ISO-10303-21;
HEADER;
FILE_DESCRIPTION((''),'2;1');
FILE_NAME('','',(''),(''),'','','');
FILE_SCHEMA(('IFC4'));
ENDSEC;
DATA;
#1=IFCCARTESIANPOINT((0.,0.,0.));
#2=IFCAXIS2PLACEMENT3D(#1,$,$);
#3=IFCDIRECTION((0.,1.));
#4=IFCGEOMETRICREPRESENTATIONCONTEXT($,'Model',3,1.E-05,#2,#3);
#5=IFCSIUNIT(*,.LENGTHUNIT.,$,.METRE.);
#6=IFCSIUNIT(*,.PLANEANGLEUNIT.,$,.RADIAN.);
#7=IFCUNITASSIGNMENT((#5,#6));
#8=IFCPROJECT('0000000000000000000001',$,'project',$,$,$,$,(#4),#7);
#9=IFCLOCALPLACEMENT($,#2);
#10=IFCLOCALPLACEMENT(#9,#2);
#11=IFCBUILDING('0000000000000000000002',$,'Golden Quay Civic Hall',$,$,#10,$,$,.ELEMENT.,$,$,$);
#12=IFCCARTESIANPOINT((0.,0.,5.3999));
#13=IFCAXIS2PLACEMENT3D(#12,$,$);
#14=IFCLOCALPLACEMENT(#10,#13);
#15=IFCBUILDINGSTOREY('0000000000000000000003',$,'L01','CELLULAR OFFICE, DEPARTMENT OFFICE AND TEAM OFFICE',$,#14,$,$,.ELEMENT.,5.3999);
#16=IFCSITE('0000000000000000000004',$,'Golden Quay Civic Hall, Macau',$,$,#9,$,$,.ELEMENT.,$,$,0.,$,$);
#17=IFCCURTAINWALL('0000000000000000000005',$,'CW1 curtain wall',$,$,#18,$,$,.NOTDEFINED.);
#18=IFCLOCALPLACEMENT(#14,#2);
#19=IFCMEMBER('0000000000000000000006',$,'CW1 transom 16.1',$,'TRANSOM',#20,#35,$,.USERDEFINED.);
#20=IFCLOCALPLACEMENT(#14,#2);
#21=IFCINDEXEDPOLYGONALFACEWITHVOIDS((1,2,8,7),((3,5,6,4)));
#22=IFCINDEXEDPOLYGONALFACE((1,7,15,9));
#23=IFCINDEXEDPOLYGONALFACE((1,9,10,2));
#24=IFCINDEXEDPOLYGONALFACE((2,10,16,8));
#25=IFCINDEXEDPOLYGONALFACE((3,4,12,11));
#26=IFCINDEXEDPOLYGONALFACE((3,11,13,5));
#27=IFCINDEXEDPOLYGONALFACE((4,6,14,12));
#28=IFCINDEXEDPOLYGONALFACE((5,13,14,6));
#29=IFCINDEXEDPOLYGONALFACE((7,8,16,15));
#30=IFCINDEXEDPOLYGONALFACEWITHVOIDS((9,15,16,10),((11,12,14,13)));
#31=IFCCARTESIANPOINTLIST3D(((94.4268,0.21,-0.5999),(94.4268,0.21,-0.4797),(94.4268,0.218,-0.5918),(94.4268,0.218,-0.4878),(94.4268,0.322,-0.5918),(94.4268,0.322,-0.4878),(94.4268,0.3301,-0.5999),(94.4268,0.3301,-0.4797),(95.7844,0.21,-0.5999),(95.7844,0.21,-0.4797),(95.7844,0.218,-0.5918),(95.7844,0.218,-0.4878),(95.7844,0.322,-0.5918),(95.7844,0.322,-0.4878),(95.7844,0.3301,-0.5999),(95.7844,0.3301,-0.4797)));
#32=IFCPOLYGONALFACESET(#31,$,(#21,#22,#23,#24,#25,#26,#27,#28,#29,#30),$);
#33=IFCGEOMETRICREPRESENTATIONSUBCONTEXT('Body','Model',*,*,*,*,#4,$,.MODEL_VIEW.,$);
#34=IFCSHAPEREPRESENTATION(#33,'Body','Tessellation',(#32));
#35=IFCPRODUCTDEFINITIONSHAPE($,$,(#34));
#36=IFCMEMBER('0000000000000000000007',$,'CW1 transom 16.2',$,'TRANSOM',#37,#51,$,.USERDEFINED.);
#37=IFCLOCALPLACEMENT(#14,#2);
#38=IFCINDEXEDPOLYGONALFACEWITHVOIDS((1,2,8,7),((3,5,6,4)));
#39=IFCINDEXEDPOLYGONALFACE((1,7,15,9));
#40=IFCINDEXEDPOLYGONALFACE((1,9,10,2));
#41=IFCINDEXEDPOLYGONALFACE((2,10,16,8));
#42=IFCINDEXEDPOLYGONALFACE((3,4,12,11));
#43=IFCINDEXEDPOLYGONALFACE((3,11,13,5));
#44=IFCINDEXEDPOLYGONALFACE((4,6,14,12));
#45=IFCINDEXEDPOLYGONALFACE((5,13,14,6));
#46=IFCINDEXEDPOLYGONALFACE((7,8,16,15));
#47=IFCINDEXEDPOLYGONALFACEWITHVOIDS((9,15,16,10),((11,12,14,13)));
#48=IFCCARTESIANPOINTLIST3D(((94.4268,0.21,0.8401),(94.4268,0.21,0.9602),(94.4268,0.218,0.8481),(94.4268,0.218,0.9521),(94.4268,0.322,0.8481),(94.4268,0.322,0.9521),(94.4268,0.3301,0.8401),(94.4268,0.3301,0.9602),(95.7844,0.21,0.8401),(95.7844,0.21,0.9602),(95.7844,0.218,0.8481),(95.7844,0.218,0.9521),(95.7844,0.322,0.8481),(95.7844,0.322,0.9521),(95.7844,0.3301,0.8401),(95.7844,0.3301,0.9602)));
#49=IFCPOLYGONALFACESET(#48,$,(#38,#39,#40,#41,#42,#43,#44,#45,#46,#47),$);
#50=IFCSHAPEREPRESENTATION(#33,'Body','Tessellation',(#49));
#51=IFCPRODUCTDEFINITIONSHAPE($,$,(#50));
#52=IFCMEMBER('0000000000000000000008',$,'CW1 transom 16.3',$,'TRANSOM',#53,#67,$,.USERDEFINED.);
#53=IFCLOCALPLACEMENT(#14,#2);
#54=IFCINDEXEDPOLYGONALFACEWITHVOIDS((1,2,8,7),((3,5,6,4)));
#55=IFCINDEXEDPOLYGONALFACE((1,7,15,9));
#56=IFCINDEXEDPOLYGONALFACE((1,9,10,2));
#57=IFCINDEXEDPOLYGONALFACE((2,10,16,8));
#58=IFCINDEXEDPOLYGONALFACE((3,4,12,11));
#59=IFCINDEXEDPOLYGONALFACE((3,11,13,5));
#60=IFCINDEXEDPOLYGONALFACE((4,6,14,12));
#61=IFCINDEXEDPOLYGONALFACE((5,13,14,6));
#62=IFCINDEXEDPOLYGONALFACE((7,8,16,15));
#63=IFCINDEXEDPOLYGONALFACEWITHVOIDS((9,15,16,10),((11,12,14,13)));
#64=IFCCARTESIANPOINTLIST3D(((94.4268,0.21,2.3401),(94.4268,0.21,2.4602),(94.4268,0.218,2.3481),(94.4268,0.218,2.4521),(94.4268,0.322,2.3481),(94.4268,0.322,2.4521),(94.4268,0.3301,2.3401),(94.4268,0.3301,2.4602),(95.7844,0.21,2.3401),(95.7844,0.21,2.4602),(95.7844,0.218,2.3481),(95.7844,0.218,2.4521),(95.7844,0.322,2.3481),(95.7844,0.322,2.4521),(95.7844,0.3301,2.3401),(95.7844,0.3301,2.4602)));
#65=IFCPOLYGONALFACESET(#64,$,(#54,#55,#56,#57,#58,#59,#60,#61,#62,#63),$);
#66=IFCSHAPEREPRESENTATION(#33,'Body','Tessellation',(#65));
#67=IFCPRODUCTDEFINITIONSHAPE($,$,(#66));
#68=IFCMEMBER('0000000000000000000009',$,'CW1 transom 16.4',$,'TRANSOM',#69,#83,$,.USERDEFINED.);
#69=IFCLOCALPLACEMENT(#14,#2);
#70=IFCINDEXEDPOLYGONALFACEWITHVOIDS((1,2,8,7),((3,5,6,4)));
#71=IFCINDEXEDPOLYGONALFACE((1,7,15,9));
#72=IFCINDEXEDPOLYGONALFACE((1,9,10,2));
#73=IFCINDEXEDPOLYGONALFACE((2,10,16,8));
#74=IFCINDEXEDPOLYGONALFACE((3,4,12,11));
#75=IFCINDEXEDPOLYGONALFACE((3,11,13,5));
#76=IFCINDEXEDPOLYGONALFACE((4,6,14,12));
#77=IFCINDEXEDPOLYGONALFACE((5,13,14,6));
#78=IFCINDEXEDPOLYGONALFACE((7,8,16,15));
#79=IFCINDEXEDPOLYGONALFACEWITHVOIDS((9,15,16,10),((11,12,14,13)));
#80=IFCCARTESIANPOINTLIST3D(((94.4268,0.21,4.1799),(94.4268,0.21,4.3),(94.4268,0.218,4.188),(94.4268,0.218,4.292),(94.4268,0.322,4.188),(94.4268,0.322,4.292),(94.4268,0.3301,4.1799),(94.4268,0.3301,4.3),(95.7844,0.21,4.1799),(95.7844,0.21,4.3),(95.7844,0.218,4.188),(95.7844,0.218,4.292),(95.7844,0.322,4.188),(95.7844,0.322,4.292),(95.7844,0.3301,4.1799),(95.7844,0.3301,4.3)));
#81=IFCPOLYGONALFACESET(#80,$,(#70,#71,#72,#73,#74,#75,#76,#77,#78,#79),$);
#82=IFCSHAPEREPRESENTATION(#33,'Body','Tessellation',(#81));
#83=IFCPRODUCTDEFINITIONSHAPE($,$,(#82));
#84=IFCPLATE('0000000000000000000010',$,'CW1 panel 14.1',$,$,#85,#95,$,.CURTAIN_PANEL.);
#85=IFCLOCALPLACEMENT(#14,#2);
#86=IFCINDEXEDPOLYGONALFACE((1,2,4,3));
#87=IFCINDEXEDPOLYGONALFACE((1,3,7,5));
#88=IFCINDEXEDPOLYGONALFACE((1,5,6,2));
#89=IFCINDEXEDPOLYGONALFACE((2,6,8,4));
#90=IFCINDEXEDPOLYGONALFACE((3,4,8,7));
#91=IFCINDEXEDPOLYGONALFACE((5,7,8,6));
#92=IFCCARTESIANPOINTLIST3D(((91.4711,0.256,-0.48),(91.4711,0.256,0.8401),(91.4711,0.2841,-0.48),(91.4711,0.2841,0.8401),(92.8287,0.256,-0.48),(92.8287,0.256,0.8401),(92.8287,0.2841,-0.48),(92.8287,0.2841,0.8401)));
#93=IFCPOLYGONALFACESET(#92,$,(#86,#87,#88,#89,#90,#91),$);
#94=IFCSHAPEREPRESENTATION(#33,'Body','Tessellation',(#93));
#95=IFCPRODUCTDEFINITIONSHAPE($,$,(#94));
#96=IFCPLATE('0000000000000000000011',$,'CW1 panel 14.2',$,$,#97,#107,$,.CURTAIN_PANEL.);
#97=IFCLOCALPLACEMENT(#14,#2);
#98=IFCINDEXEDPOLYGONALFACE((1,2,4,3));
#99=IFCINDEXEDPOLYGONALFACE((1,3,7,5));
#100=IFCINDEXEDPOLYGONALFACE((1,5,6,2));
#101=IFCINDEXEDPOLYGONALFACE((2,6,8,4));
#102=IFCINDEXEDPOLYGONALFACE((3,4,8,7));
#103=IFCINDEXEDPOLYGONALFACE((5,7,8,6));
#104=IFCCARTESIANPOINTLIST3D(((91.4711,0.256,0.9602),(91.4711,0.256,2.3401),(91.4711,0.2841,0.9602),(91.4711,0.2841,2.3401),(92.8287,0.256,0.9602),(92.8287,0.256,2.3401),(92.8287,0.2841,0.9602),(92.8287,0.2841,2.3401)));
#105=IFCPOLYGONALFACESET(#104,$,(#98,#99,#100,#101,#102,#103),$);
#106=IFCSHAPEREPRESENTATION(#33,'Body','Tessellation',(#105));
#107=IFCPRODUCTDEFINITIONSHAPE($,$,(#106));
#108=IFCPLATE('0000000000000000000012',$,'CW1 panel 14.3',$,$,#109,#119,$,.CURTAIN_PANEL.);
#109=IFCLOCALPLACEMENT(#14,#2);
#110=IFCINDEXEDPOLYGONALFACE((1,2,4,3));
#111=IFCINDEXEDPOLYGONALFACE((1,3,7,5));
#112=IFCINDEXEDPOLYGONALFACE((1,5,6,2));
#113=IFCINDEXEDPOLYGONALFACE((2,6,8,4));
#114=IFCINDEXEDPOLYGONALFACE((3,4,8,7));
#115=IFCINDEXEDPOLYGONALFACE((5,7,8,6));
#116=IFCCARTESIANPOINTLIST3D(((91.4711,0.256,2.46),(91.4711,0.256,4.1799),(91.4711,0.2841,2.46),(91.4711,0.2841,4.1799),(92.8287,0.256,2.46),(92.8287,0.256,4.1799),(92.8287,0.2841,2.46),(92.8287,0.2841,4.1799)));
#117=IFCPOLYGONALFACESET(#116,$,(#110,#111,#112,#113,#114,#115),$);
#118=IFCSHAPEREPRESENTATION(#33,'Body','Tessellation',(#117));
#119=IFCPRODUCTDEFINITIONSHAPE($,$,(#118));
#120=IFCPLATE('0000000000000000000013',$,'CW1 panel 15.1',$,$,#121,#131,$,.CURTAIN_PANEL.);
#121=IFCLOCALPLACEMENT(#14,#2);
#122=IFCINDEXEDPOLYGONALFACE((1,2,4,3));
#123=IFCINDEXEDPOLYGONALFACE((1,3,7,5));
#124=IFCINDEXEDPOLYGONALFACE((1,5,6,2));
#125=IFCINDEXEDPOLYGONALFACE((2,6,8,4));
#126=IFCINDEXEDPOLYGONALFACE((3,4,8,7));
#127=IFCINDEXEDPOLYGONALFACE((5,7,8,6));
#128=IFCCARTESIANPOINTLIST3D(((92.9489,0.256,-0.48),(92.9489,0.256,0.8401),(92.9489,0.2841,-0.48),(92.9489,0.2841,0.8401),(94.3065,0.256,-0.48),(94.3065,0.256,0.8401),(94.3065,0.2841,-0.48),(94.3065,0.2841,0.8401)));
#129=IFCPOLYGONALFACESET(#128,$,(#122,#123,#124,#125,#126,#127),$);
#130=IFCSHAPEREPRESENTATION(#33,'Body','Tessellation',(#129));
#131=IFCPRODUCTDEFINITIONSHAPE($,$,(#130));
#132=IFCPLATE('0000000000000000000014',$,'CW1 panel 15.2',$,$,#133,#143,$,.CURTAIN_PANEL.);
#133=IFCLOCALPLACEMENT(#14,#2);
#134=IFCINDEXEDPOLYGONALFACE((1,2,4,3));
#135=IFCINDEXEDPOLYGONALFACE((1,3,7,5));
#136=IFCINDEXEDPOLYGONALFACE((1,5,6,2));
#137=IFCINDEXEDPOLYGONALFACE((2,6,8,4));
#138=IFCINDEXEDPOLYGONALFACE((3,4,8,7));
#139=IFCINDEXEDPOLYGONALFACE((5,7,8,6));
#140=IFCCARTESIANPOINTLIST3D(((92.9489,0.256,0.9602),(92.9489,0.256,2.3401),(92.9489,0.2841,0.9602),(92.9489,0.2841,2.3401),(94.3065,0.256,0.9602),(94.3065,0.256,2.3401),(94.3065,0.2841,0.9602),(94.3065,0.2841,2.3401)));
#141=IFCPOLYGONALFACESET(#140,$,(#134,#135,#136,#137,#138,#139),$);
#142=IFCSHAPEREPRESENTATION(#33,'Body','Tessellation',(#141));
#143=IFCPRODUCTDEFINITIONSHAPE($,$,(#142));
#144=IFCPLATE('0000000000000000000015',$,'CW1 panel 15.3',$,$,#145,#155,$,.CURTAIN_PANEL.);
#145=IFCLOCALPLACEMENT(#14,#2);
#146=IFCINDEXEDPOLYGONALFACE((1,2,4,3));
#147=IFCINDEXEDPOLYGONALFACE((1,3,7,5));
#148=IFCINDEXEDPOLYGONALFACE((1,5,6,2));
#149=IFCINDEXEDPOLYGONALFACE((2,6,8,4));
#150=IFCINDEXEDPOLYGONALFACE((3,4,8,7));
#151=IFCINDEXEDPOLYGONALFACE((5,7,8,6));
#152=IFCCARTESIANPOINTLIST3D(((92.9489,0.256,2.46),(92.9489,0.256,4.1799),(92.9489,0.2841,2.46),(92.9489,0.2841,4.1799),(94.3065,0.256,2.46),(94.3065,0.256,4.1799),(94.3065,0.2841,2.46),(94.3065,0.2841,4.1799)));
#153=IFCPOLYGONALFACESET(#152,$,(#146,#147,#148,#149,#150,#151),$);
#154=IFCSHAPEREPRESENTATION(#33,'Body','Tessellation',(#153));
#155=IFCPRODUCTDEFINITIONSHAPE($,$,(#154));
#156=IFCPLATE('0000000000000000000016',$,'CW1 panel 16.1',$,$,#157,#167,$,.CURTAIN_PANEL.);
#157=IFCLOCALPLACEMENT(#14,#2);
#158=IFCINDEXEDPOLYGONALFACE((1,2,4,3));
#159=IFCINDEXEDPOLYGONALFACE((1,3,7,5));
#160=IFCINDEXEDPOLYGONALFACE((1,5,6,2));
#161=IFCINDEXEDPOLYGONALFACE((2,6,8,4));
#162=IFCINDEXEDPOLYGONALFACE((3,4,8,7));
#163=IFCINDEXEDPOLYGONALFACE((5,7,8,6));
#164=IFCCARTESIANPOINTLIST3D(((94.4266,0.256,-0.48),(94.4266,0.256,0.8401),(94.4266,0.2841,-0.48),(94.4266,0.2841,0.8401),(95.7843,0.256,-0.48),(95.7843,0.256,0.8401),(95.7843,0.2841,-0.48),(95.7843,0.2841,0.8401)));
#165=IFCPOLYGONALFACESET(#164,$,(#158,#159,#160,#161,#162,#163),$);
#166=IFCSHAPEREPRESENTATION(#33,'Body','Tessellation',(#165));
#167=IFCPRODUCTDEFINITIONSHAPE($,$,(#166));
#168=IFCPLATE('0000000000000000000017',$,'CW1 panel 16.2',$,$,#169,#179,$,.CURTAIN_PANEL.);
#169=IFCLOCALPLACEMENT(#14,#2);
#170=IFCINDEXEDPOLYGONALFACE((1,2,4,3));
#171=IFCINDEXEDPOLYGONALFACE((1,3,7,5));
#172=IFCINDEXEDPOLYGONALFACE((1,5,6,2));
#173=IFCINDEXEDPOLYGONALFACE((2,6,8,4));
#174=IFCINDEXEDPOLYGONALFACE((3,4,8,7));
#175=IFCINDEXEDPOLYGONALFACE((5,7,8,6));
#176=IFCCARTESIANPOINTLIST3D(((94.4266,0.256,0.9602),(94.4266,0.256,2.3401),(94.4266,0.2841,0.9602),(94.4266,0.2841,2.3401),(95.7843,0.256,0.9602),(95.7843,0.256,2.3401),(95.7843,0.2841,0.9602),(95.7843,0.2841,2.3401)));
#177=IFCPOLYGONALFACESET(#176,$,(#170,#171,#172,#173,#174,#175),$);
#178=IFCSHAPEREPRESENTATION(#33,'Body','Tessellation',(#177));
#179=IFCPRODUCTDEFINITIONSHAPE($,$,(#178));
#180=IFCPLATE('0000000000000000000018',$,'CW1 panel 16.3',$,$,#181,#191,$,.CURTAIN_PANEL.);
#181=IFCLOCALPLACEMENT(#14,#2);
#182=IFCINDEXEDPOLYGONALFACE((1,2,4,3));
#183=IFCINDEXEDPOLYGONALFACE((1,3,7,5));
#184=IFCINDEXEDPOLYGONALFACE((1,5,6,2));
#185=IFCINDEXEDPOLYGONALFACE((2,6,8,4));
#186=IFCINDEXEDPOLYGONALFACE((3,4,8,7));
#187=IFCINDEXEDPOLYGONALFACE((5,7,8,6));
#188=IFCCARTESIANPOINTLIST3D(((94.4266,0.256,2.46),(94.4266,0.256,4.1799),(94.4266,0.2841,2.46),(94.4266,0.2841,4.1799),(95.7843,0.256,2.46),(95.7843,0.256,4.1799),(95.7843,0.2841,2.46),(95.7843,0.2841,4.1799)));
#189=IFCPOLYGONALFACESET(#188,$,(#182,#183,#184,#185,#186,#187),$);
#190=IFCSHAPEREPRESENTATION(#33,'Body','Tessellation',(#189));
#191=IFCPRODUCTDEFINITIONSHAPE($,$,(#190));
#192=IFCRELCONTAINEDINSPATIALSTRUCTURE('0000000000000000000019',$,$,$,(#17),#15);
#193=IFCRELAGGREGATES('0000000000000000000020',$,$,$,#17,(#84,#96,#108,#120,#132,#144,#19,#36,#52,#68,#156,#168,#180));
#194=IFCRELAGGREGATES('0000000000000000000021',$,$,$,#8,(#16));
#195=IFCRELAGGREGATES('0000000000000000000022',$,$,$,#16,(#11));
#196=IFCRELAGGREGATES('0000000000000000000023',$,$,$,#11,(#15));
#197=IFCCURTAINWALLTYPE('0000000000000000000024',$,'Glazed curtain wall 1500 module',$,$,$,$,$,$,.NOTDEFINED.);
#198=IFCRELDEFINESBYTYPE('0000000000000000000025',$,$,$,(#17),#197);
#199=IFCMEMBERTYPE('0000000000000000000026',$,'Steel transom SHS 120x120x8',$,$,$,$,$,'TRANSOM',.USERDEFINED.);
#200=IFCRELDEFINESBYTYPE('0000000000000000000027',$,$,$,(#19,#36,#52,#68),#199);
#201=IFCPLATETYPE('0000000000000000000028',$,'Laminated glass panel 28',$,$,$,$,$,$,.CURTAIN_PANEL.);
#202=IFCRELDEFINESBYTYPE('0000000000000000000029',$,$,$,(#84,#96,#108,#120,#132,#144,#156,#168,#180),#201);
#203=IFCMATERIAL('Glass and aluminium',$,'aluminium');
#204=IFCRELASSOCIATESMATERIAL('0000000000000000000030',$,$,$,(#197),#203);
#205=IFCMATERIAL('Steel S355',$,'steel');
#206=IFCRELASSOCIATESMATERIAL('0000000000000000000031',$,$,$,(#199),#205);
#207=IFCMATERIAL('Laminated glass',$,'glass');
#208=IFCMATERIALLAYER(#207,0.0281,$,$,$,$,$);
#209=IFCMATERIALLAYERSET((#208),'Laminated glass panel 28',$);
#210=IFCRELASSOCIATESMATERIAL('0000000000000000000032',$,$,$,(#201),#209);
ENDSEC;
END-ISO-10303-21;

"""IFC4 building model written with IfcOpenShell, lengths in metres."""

from ifc_helpers import new_model, si_unit, direction, frame, origin, origin_2d, place, context, subcontext, project, spatial, rectangle, hollow_rectangle, extrude, material, layer, layer_set, material_profile, profile_set, type_object, element, aggregate, save


model = new_model("IFC4")

# Units and contexts
model_context = context("Model", 3, precision=1e-05, world=origin(), true_north=direction((0.0, 1.0)))
body_context = subcontext(model_context, "Body", "Model", "MODEL_VIEW")
ifc_project = project(units=[si_unit("LENGTHUNIT", "METRE"), si_unit("PLANEANGLEUNIT", "RADIAN")], contexts=[model_context])

# Site, building, storey
site_placement = place(None, origin())
site = spatial("IfcSite", under=ifc_project, at=site_placement, Name="Golden Quay Civic Hall, Macau", CompositionType="ELEMENT", RefElevation=0.0)
building_placement = place(site_placement, origin())
building = spatial("IfcBuilding", under=site, at=building_placement, Name="Golden Quay Civic Hall", CompositionType="ELEMENT")
storey_placement = place(building_placement, frame((0.0, 0.0, 5.3999)))
storey = spatial("IfcBuildingStorey", under=building, at=storey_placement, Name="L01", Description="CELLULAR OFFICE, DEPARTMENT OFFICE AND TEAM OFFICE", CompositionType="ELEMENT", Elevation=5.3999)

# Curtain wall, members, plates
ifc_material_1 = material(Name="Glass and aluminium", Category="aluminium")
curtain_wall_type = type_object("IfcCurtainWallType", Name="Glazed curtain wall 1500 module", PredefinedType="NOTDEFINED", material=ifc_material_1)
curtain_wall_placement = place(storey_placement, origin())
curtain_wall = element("IfcCurtainWall", 1, at=curtain_wall_placement, inside=storey, type_object=curtain_wall_type, Name="CW1 curtain wall", PredefinedType="NOTDEFINED")
ifc_material_2 = material(Name="Steel S355", Category="steel")
ifc_material_profile_1 = material_profile(ifc_material_2, hollow_rectangle(XDim=0.1201, YDim=0.1201, WallThickness=0.0081, at=origin_2d()), Name="SHS 120x120x8")
ifc_profile_set_1 = profile_set([ifc_material_profile_1], Name="Steel S355")
member_type_1 = type_object("IfcMemberType", Name="Steel transom SHS 120x120x8", ElementType="TRANSOM", PredefinedType="USERDEFINED", material=ifc_profile_set_1)
member_1_placement = place(storey_placement, frame((94.4268, 0.27, -0.5398), z_axis=(1.0, 0.0, 0.0), x_axis=(0.0, 1.0, 0.0)))
member_1 = element("IfcMember", 2, at=member_1_placement, type_object=member_type_1, Name="CW1 transom 16.1", ObjectType="TRANSOM", PredefinedType="USERDEFINED", context=body_context, shape_type="SweptSolid", body=[
    extrude(hollow_rectangle(XDim=0.1201, YDim=0.1201, WallThickness=0.0081, at=origin_2d()), origin(), (0.0, 0.0, 1.0), 1.3577),
])
member_2_placement = place(storey_placement, frame((94.4268, 0.27, 0.9001), z_axis=(1.0, 0.0, 0.0), x_axis=(0.0, 1.0, 0.0)))
member_2 = element("IfcMember", 3, at=member_2_placement, type_object=member_type_1, Name="CW1 transom 16.2", ObjectType="TRANSOM", PredefinedType="USERDEFINED", context=body_context, shape_type="SweptSolid", body=[
    extrude(hollow_rectangle(XDim=0.1201, YDim=0.1201, WallThickness=0.0081, at=origin_2d()), origin(), (0.0, 0.0, 1.0), 1.3577),
])
member_3_placement = place(storey_placement, frame((94.4268, 0.27, 2.4001), z_axis=(1.0, 0.0, 0.0), x_axis=(0.0, 1.0, 0.0)))
member_3 = element("IfcMember", 4, at=member_3_placement, type_object=member_type_1, Name="CW1 transom 16.3", ObjectType="TRANSOM", PredefinedType="USERDEFINED", context=body_context, shape_type="SweptSolid", body=[
    extrude(hollow_rectangle(XDim=0.1201, YDim=0.1201, WallThickness=0.0081, at=origin_2d()), origin(), (0.0, 0.0, 1.0), 1.3577),
])
member_4_placement = place(storey_placement, frame((94.4268, 0.27, 4.24), z_axis=(1.0, 0.0, 0.0), x_axis=(0.0, 1.0, 0.0)))
member_4 = element("IfcMember", 5, at=member_4_placement, type_object=member_type_1, Name="CW1 transom 16.4", ObjectType="TRANSOM", PredefinedType="USERDEFINED", context=body_context, shape_type="SweptSolid", body=[
    extrude(hollow_rectangle(XDim=0.1201, YDim=0.1201, WallThickness=0.0081, at=origin_2d()), origin(), (0.0, 0.0, 1.0), 1.3577),
])
ifc_material_3 = material(Name="Laminated glass", Category="glass")
ifc_layer = layer(ifc_material_3, 0.0281)
ifc_layer_set = layer_set([ifc_layer], Name="Laminated glass panel 28")
plate_type = type_object("IfcPlateType", Name="Laminated glass panel 28", PredefinedType="CURTAIN_PANEL", material=ifc_layer_set)
plate_1_placement = place(storey_placement, frame((92.1499, 0.27, -0.48), z_axis=(0.0, 0.0, 1.0), x_axis=(1.0, 0.0, 0.0)))
plate_1 = element("IfcPlate", 6, at=plate_1_placement, type_object=plate_type, Name="CW1 panel 14.1", PredefinedType="CURTAIN_PANEL", context=body_context, shape_type="SweptSolid", body=[
    extrude(rectangle(XDim=1.3577, YDim=0.0281, at=origin_2d()), origin(), (0.0, 0.0, 1.0), 1.3201),
])
plate_2_placement = place(storey_placement, frame((92.1499, 0.27, 0.9602), z_axis=(0.0, 0.0, 1.0), x_axis=(1.0, 0.0, 0.0)))
plate_2 = element("IfcPlate", 7, at=plate_2_placement, type_object=plate_type, Name="CW1 panel 14.2", PredefinedType="CURTAIN_PANEL", context=body_context, shape_type="SweptSolid", body=[
    extrude(rectangle(XDim=1.3577, YDim=0.0281, at=origin_2d()), origin(), (0.0, 0.0, 1.0), 1.3799),
])
plate_3_placement = place(storey_placement, frame((92.1499, 0.27, 2.46), z_axis=(0.0, 0.0, 1.0), x_axis=(1.0, 0.0, 0.0)))
plate_3 = element("IfcPlate", 8, at=plate_3_placement, type_object=plate_type, Name="CW1 panel 14.3", PredefinedType="CURTAIN_PANEL", context=body_context, shape_type="SweptSolid", body=[
    extrude(rectangle(XDim=1.3577, YDim=0.0281, at=origin_2d()), origin(), (0.0, 0.0, 1.0), 1.72),
])
plate_4_placement = place(storey_placement, frame((93.6277, 0.27, -0.48), z_axis=(0.0, 0.0, 1.0), x_axis=(1.0, 0.0, 0.0)))
plate_4 = element("IfcPlate", 9, at=plate_4_placement, type_object=plate_type, Name="CW1 panel 15.1", PredefinedType="CURTAIN_PANEL", context=body_context, shape_type="SweptSolid", body=[
    extrude(rectangle(XDim=1.3577, YDim=0.0281, at=origin_2d()), origin(), (0.0, 0.0, 1.0), 1.3201),
])
plate_5_placement = place(storey_placement, frame((93.6277, 0.27, 0.9602), z_axis=(0.0, 0.0, 1.0), x_axis=(1.0, 0.0, 0.0)))
plate_5 = element("IfcPlate", 10, at=plate_5_placement, type_object=plate_type, Name="CW1 panel 15.2", PredefinedType="CURTAIN_PANEL", context=body_context, shape_type="SweptSolid", body=[
    extrude(rectangle(XDim=1.3577, YDim=0.0281, at=origin_2d()), origin(), (0.0, 0.0, 1.0), 1.3799),
])
plate_6_placement = place(storey_placement, frame((93.6277, 0.27, 2.46), z_axis=(0.0, 0.0, 1.0), x_axis=(1.0, 0.0, 0.0)))
plate_6 = element("IfcPlate", 11, at=plate_6_placement, type_object=plate_type, Name="CW1 panel 15.3", PredefinedType="CURTAIN_PANEL", context=body_context, shape_type="SweptSolid", body=[
    extrude(rectangle(XDim=1.3577, YDim=0.0281, at=origin_2d()), origin(), (0.0, 0.0, 1.0), 1.72),
])
plate_7_placement = place(storey_placement, frame((95.1055, 0.27, -0.48), z_axis=(0.0, 0.0, 1.0), x_axis=(1.0, 0.0, 0.0)))
plate_7 = element("IfcPlate", 12, at=plate_7_placement, type_object=plate_type, Name="CW1 panel 16.1", PredefinedType="CURTAIN_PANEL", context=body_context, shape_type="SweptSolid", body=[
    extrude(rectangle(XDim=1.3577, YDim=0.0281, at=origin_2d()), origin(), (0.0, 0.0, 1.0), 1.3201),
])
plate_8_placement = place(storey_placement, frame((95.1055, 0.27, 0.9602), z_axis=(0.0, 0.0, 1.0), x_axis=(1.0, 0.0, 0.0)))
plate_8 = element("IfcPlate", 13, at=plate_8_placement, type_object=plate_type, Name="CW1 panel 16.2", PredefinedType="CURTAIN_PANEL", context=body_context, shape_type="SweptSolid", body=[
    extrude(rectangle(XDim=1.3577, YDim=0.0281, at=origin_2d()), origin(), (0.0, 0.0, 1.0), 1.3799),
])
plate_9_placement = place(storey_placement, frame((95.1055, 0.27, 2.46), z_axis=(0.0, 0.0, 1.0), x_axis=(1.0, 0.0, 0.0)))
plate_9 = element("IfcPlate", 14, at=plate_9_placement, type_object=plate_type, Name="CW1 panel 16.3", PredefinedType="CURTAIN_PANEL", context=body_context, shape_type="SweptSolid", body=[
    extrude(rectangle(XDim=1.3577, YDim=0.0281, at=origin_2d()), origin(), (0.0, 0.0, 1.0), 1.72),
])
aggregate(curtain_wall, [plate_1, plate_2, plate_3, plate_4, plate_5, plate_6, member_1, member_2, member_3, member_4, plate_7, plate_8, plate_9])

save(model, "model.ifc")
